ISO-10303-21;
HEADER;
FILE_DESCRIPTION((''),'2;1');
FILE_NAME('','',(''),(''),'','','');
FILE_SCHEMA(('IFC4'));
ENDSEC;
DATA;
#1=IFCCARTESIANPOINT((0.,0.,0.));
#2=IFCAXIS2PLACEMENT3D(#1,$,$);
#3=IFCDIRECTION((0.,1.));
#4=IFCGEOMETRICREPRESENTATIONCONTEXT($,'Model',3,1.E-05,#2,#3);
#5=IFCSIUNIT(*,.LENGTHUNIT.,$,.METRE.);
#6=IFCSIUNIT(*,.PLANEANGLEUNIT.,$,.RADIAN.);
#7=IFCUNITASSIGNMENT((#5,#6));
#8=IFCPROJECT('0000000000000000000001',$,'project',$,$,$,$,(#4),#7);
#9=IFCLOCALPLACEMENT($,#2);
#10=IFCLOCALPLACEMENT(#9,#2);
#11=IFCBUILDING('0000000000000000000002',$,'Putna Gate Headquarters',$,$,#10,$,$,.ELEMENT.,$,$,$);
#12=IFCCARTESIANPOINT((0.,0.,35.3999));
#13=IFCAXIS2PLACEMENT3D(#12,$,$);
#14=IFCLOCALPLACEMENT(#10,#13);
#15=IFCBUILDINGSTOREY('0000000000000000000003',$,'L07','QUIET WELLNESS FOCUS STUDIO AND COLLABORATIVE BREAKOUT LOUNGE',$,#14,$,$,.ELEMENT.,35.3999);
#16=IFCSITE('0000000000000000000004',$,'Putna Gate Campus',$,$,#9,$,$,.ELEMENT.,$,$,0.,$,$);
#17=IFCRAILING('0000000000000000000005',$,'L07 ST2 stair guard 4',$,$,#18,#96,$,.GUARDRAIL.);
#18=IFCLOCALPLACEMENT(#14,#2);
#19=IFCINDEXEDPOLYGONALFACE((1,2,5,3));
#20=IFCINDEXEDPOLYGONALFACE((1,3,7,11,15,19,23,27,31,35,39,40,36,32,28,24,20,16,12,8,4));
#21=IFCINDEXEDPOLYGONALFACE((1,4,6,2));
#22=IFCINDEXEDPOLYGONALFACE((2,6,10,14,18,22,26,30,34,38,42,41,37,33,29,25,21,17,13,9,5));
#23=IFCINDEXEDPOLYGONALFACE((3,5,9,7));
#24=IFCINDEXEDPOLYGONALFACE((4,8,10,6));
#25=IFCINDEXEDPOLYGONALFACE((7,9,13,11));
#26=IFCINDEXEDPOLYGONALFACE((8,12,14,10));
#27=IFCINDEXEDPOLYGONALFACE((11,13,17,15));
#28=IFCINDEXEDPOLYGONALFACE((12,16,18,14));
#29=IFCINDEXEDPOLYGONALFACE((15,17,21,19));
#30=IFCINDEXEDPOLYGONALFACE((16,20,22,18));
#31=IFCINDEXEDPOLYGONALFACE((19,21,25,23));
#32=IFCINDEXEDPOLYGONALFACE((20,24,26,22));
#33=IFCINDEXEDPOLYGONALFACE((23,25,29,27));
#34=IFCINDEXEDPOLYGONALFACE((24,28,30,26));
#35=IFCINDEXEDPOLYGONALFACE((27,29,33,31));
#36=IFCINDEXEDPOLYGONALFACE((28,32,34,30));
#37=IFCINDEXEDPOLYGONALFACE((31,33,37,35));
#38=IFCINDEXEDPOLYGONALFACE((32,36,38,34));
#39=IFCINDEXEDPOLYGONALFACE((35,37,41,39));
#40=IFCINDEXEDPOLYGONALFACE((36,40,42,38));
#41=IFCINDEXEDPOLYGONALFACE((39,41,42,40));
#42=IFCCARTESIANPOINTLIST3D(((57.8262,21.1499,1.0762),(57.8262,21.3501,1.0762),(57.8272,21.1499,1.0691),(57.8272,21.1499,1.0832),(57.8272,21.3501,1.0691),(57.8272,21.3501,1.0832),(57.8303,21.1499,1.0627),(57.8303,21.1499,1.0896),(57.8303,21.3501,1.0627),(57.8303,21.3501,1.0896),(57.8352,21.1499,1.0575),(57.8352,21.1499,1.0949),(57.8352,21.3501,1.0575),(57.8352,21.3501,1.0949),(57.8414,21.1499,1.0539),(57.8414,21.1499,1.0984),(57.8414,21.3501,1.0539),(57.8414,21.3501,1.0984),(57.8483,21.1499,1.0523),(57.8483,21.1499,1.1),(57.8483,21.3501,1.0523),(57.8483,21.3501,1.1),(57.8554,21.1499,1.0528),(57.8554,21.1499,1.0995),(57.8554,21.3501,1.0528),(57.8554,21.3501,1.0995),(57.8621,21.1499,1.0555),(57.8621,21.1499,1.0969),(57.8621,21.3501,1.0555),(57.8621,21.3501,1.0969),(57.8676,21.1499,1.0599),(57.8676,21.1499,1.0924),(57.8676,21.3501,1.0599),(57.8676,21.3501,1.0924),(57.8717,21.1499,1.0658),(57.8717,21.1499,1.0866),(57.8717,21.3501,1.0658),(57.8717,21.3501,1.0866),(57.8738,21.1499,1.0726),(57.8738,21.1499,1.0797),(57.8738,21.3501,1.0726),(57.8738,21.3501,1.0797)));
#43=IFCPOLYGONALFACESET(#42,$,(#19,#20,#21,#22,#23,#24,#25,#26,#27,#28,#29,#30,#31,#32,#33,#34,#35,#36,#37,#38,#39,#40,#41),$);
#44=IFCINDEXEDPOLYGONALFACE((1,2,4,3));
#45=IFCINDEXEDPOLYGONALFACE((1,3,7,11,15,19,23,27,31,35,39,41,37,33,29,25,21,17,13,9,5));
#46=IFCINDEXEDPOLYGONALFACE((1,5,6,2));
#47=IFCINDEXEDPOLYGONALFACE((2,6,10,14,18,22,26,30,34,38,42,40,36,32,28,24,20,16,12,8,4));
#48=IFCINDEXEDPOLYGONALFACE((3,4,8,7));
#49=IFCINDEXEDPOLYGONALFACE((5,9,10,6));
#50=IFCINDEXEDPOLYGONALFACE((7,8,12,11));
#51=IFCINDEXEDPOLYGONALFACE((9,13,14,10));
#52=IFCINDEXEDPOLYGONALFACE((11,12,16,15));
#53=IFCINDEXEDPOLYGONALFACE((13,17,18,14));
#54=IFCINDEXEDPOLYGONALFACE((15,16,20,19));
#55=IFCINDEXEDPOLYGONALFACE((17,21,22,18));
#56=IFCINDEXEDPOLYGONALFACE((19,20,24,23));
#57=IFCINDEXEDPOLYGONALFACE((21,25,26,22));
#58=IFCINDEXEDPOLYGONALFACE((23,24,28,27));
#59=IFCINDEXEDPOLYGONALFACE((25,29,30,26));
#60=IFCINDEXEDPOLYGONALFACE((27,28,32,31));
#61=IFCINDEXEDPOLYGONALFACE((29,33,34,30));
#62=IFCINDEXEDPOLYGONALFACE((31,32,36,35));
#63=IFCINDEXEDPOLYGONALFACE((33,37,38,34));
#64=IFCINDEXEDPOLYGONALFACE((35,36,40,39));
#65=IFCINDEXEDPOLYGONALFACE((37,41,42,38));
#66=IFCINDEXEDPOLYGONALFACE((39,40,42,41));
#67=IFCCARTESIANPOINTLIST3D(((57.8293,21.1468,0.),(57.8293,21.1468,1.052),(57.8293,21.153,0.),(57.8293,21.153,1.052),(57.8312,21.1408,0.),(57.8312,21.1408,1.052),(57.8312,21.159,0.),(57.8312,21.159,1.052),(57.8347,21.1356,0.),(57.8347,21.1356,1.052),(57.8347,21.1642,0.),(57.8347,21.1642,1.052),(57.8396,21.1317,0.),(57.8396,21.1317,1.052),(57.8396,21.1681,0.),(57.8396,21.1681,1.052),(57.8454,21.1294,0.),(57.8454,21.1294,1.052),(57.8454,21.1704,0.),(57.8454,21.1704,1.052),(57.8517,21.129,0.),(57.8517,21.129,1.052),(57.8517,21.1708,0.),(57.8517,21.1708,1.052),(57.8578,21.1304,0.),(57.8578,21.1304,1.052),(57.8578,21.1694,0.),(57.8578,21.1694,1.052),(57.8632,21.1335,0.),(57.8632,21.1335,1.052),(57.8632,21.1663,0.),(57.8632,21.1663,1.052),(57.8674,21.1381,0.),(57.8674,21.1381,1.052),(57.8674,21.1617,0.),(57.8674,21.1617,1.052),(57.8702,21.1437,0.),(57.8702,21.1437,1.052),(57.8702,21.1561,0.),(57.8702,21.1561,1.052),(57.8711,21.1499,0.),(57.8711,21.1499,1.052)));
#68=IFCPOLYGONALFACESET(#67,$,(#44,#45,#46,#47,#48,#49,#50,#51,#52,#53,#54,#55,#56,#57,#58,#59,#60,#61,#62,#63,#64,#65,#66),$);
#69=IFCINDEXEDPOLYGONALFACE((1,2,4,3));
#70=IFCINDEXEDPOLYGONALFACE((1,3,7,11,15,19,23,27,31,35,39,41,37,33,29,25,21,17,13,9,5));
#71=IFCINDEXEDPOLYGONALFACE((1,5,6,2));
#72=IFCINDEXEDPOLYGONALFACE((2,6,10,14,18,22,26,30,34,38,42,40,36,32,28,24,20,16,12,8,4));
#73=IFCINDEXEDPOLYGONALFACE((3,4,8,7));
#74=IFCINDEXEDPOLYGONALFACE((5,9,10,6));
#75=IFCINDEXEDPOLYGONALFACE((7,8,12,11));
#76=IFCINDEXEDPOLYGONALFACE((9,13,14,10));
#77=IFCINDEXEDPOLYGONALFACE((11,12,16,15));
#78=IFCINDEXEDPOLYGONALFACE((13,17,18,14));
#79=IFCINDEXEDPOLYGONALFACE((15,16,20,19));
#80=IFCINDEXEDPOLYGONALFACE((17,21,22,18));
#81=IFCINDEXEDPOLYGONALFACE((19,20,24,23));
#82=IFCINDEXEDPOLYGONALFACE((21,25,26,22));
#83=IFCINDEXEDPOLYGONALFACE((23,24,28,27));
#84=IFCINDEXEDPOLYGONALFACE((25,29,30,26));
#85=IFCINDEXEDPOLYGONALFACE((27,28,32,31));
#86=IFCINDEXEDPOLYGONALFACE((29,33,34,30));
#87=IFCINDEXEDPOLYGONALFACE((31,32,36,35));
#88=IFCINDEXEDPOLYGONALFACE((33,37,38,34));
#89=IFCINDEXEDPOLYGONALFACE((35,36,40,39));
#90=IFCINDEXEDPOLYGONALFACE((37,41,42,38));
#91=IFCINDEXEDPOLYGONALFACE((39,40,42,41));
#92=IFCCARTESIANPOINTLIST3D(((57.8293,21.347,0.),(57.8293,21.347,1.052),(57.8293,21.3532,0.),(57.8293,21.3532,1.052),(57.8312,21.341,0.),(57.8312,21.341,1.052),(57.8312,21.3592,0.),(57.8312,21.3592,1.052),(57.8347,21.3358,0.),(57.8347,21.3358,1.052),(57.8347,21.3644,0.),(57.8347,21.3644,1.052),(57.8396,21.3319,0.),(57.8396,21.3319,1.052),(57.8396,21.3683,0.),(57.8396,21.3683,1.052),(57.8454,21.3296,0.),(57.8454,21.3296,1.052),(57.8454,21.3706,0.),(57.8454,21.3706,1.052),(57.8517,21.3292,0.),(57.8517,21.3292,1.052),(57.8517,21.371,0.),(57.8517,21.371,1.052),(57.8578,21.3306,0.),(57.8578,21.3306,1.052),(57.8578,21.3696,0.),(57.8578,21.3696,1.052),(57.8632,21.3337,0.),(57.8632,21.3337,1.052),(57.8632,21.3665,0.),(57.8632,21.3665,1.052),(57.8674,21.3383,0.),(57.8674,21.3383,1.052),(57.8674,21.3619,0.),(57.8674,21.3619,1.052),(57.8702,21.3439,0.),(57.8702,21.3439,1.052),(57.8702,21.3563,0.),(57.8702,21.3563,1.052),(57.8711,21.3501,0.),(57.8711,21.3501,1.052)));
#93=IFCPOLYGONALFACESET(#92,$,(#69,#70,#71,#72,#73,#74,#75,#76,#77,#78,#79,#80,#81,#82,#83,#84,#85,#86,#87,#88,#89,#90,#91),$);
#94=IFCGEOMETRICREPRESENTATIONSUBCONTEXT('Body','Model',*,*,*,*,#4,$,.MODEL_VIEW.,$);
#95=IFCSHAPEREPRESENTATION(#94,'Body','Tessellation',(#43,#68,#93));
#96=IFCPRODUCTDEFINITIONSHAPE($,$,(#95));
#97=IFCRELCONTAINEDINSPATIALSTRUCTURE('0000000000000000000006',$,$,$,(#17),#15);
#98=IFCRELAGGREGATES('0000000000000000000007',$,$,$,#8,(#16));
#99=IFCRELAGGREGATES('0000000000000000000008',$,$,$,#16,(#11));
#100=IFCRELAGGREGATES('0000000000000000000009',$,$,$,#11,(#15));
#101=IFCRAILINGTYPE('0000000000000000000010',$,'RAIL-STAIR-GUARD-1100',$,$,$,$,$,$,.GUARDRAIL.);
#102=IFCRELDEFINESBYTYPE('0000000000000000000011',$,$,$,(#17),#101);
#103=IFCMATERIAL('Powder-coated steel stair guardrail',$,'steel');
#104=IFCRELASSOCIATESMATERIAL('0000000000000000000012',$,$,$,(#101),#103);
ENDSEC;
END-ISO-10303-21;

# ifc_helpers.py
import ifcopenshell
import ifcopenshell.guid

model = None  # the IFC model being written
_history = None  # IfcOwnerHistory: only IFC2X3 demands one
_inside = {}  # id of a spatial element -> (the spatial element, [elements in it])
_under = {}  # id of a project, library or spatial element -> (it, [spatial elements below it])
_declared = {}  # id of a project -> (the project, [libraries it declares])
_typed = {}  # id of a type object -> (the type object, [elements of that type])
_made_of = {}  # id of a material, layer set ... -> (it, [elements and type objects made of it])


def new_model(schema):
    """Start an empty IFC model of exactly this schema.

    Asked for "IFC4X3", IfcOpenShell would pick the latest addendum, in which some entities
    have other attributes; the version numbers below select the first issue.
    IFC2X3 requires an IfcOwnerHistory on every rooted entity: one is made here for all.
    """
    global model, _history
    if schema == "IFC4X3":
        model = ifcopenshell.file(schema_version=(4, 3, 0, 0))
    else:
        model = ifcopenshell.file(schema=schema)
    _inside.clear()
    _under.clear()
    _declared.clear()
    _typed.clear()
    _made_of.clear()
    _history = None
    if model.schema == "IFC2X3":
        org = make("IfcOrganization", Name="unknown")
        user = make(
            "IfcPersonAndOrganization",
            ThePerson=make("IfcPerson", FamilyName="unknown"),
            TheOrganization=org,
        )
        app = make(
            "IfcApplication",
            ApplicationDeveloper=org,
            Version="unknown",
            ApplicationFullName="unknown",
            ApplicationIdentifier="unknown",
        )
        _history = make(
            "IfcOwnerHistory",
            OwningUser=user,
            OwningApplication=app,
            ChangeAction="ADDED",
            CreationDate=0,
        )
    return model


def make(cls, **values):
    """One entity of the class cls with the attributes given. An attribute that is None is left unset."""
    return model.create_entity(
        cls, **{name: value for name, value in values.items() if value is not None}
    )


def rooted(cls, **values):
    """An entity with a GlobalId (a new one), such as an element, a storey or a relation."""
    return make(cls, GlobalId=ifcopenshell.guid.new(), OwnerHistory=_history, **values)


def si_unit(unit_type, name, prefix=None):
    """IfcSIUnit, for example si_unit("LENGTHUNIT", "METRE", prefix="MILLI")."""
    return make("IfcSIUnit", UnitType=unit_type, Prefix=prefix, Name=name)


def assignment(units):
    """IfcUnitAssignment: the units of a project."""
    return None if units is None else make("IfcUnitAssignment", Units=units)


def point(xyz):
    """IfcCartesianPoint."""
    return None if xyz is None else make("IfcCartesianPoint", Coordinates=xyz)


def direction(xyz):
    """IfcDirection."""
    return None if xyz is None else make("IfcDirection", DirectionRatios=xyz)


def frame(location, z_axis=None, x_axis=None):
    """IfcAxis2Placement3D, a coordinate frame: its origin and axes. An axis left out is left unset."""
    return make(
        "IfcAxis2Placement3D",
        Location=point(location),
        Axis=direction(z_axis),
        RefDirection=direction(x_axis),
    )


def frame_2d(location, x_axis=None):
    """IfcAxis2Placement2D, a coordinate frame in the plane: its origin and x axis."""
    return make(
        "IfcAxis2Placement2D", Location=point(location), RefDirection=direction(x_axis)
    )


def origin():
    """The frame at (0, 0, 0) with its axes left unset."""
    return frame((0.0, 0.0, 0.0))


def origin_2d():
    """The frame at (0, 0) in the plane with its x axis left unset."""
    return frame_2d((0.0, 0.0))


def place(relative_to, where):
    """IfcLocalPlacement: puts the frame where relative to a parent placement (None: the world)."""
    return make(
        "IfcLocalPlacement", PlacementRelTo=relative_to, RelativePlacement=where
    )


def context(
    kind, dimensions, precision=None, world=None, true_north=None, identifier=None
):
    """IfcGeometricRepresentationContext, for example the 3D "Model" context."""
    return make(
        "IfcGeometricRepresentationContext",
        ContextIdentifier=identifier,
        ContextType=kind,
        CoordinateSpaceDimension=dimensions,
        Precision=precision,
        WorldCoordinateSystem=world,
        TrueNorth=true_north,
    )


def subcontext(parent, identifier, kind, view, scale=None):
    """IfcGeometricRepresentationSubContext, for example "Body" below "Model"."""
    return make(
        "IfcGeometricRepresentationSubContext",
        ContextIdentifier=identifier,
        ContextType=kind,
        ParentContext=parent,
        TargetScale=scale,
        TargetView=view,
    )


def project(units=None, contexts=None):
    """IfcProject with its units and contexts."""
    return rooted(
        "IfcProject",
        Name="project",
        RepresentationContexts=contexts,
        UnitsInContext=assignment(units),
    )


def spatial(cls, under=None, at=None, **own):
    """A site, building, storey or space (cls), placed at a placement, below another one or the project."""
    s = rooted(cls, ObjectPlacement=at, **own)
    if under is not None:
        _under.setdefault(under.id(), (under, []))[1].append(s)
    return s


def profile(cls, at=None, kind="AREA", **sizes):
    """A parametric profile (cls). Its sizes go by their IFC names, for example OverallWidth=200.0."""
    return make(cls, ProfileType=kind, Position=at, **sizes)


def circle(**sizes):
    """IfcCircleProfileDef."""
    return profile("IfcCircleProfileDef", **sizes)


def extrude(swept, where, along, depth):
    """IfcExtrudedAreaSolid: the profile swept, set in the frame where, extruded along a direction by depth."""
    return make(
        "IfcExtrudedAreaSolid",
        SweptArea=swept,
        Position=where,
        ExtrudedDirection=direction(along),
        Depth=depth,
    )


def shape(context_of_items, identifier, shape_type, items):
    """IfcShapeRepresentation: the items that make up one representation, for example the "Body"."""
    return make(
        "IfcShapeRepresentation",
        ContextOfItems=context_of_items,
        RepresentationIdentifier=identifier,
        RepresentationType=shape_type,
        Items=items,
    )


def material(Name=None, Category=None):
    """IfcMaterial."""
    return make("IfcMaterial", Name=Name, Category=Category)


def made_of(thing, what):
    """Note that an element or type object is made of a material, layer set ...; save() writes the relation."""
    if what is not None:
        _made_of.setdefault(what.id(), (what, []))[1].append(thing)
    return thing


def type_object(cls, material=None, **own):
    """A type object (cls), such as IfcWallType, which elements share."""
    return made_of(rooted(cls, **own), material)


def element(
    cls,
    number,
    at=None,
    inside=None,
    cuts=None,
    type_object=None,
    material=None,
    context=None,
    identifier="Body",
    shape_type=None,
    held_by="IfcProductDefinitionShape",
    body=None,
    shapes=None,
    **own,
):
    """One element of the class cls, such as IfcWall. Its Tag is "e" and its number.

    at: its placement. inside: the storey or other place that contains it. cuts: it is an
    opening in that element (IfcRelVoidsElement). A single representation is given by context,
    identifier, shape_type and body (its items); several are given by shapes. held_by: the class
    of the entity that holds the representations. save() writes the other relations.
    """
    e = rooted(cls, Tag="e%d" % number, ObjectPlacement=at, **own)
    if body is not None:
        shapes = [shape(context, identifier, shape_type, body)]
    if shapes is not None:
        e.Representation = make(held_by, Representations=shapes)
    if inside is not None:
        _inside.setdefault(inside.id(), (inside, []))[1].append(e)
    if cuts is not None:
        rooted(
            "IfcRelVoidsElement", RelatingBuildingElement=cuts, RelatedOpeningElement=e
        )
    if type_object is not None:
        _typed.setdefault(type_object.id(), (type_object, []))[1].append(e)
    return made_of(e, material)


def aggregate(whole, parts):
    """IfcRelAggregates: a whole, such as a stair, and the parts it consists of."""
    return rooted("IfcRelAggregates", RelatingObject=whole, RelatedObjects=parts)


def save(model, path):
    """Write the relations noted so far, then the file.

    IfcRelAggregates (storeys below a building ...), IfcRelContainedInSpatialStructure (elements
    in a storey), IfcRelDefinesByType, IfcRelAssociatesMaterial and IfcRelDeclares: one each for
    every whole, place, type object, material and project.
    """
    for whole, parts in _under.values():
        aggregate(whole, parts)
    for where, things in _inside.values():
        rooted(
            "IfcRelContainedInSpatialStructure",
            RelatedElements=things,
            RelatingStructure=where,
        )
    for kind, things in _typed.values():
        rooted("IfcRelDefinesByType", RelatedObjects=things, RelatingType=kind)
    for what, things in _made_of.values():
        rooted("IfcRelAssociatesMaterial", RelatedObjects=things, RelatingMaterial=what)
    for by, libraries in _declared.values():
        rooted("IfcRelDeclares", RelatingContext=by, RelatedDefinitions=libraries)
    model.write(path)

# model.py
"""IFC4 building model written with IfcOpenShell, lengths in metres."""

from ifc_helpers import new_model, si_unit, direction, frame, origin, origin_2d, place, context, subcontext, project, spatial, circle, extrude, material, type_object, element, save


model = new_model("IFC4")

# Units and contexts
model_context = context("Model", 3, precision=1e-05, world=origin(), true_north=direction((0.0, 1.0)))
body_context = subcontext(model_context, "Body", "Model", "MODEL_VIEW")
ifc_project = project(units=[si_unit("LENGTHUNIT", "METRE"), si_unit("PLANEANGLEUNIT", "RADIAN")], contexts=[model_context])

# Site, building, storey
site_placement = place(None, origin())
site = spatial("IfcSite", under=ifc_project, at=site_placement, Name="Putna Gate Campus", CompositionType="ELEMENT", RefElevation=0.0)
building_placement = place(site_placement, origin())
building = spatial("IfcBuilding", under=site, at=building_placement, Name="Putna Gate Headquarters", CompositionType="ELEMENT")
storey_placement = place(building_placement, frame((0.0, 0.0, 35.3999)))
storey = spatial("IfcBuildingStorey", under=building, at=storey_placement, Name="L07", Description="QUIET WELLNESS FOCUS STUDIO AND COLLABORATIVE BREAKOUT LOUNGE", CompositionType="ELEMENT", Elevation=35.3999)

# Railing
ifc_material_1 = material(Name="Powder-coated steel stair guardrail", Category="steel")
railing_type_1 = type_object("IfcRailingType", Name="RAIL-STAIR-GUARD-1100", PredefinedType="GUARDRAIL", material=ifc_material_1)
railing_1_placement = place(storey_placement, frame((57.8501, 21.1499, 0.0)))
element("IfcRailing", 1, at=railing_1_placement, inside=storey, type_object=railing_type_1, Name="L07 ST2 stair guard 4", PredefinedType="GUARDRAIL", context=body_context, shape_type="SweptSolid", body=[
    extrude(circle(Radius=0.0239, at=origin_2d()), frame((0.0, 0.0, 1.0762), z_axis=(0.0, 1.0, 0.0), x_axis=(-1.0, 0.0, 0.0)), (0.0, 0.0, 1.0), 0.2002),
    extrude(circle(Radius=0.021, at=origin_2d()), origin(), (0.0, 0.0, 1.0), 1.052),
    extrude(circle(Radius=0.021, at=origin_2d()), frame((0.0, 0.2002, 0.0)), (0.0, 0.0, 1.0), 1.052),
])

save(model, "model.ifc")
